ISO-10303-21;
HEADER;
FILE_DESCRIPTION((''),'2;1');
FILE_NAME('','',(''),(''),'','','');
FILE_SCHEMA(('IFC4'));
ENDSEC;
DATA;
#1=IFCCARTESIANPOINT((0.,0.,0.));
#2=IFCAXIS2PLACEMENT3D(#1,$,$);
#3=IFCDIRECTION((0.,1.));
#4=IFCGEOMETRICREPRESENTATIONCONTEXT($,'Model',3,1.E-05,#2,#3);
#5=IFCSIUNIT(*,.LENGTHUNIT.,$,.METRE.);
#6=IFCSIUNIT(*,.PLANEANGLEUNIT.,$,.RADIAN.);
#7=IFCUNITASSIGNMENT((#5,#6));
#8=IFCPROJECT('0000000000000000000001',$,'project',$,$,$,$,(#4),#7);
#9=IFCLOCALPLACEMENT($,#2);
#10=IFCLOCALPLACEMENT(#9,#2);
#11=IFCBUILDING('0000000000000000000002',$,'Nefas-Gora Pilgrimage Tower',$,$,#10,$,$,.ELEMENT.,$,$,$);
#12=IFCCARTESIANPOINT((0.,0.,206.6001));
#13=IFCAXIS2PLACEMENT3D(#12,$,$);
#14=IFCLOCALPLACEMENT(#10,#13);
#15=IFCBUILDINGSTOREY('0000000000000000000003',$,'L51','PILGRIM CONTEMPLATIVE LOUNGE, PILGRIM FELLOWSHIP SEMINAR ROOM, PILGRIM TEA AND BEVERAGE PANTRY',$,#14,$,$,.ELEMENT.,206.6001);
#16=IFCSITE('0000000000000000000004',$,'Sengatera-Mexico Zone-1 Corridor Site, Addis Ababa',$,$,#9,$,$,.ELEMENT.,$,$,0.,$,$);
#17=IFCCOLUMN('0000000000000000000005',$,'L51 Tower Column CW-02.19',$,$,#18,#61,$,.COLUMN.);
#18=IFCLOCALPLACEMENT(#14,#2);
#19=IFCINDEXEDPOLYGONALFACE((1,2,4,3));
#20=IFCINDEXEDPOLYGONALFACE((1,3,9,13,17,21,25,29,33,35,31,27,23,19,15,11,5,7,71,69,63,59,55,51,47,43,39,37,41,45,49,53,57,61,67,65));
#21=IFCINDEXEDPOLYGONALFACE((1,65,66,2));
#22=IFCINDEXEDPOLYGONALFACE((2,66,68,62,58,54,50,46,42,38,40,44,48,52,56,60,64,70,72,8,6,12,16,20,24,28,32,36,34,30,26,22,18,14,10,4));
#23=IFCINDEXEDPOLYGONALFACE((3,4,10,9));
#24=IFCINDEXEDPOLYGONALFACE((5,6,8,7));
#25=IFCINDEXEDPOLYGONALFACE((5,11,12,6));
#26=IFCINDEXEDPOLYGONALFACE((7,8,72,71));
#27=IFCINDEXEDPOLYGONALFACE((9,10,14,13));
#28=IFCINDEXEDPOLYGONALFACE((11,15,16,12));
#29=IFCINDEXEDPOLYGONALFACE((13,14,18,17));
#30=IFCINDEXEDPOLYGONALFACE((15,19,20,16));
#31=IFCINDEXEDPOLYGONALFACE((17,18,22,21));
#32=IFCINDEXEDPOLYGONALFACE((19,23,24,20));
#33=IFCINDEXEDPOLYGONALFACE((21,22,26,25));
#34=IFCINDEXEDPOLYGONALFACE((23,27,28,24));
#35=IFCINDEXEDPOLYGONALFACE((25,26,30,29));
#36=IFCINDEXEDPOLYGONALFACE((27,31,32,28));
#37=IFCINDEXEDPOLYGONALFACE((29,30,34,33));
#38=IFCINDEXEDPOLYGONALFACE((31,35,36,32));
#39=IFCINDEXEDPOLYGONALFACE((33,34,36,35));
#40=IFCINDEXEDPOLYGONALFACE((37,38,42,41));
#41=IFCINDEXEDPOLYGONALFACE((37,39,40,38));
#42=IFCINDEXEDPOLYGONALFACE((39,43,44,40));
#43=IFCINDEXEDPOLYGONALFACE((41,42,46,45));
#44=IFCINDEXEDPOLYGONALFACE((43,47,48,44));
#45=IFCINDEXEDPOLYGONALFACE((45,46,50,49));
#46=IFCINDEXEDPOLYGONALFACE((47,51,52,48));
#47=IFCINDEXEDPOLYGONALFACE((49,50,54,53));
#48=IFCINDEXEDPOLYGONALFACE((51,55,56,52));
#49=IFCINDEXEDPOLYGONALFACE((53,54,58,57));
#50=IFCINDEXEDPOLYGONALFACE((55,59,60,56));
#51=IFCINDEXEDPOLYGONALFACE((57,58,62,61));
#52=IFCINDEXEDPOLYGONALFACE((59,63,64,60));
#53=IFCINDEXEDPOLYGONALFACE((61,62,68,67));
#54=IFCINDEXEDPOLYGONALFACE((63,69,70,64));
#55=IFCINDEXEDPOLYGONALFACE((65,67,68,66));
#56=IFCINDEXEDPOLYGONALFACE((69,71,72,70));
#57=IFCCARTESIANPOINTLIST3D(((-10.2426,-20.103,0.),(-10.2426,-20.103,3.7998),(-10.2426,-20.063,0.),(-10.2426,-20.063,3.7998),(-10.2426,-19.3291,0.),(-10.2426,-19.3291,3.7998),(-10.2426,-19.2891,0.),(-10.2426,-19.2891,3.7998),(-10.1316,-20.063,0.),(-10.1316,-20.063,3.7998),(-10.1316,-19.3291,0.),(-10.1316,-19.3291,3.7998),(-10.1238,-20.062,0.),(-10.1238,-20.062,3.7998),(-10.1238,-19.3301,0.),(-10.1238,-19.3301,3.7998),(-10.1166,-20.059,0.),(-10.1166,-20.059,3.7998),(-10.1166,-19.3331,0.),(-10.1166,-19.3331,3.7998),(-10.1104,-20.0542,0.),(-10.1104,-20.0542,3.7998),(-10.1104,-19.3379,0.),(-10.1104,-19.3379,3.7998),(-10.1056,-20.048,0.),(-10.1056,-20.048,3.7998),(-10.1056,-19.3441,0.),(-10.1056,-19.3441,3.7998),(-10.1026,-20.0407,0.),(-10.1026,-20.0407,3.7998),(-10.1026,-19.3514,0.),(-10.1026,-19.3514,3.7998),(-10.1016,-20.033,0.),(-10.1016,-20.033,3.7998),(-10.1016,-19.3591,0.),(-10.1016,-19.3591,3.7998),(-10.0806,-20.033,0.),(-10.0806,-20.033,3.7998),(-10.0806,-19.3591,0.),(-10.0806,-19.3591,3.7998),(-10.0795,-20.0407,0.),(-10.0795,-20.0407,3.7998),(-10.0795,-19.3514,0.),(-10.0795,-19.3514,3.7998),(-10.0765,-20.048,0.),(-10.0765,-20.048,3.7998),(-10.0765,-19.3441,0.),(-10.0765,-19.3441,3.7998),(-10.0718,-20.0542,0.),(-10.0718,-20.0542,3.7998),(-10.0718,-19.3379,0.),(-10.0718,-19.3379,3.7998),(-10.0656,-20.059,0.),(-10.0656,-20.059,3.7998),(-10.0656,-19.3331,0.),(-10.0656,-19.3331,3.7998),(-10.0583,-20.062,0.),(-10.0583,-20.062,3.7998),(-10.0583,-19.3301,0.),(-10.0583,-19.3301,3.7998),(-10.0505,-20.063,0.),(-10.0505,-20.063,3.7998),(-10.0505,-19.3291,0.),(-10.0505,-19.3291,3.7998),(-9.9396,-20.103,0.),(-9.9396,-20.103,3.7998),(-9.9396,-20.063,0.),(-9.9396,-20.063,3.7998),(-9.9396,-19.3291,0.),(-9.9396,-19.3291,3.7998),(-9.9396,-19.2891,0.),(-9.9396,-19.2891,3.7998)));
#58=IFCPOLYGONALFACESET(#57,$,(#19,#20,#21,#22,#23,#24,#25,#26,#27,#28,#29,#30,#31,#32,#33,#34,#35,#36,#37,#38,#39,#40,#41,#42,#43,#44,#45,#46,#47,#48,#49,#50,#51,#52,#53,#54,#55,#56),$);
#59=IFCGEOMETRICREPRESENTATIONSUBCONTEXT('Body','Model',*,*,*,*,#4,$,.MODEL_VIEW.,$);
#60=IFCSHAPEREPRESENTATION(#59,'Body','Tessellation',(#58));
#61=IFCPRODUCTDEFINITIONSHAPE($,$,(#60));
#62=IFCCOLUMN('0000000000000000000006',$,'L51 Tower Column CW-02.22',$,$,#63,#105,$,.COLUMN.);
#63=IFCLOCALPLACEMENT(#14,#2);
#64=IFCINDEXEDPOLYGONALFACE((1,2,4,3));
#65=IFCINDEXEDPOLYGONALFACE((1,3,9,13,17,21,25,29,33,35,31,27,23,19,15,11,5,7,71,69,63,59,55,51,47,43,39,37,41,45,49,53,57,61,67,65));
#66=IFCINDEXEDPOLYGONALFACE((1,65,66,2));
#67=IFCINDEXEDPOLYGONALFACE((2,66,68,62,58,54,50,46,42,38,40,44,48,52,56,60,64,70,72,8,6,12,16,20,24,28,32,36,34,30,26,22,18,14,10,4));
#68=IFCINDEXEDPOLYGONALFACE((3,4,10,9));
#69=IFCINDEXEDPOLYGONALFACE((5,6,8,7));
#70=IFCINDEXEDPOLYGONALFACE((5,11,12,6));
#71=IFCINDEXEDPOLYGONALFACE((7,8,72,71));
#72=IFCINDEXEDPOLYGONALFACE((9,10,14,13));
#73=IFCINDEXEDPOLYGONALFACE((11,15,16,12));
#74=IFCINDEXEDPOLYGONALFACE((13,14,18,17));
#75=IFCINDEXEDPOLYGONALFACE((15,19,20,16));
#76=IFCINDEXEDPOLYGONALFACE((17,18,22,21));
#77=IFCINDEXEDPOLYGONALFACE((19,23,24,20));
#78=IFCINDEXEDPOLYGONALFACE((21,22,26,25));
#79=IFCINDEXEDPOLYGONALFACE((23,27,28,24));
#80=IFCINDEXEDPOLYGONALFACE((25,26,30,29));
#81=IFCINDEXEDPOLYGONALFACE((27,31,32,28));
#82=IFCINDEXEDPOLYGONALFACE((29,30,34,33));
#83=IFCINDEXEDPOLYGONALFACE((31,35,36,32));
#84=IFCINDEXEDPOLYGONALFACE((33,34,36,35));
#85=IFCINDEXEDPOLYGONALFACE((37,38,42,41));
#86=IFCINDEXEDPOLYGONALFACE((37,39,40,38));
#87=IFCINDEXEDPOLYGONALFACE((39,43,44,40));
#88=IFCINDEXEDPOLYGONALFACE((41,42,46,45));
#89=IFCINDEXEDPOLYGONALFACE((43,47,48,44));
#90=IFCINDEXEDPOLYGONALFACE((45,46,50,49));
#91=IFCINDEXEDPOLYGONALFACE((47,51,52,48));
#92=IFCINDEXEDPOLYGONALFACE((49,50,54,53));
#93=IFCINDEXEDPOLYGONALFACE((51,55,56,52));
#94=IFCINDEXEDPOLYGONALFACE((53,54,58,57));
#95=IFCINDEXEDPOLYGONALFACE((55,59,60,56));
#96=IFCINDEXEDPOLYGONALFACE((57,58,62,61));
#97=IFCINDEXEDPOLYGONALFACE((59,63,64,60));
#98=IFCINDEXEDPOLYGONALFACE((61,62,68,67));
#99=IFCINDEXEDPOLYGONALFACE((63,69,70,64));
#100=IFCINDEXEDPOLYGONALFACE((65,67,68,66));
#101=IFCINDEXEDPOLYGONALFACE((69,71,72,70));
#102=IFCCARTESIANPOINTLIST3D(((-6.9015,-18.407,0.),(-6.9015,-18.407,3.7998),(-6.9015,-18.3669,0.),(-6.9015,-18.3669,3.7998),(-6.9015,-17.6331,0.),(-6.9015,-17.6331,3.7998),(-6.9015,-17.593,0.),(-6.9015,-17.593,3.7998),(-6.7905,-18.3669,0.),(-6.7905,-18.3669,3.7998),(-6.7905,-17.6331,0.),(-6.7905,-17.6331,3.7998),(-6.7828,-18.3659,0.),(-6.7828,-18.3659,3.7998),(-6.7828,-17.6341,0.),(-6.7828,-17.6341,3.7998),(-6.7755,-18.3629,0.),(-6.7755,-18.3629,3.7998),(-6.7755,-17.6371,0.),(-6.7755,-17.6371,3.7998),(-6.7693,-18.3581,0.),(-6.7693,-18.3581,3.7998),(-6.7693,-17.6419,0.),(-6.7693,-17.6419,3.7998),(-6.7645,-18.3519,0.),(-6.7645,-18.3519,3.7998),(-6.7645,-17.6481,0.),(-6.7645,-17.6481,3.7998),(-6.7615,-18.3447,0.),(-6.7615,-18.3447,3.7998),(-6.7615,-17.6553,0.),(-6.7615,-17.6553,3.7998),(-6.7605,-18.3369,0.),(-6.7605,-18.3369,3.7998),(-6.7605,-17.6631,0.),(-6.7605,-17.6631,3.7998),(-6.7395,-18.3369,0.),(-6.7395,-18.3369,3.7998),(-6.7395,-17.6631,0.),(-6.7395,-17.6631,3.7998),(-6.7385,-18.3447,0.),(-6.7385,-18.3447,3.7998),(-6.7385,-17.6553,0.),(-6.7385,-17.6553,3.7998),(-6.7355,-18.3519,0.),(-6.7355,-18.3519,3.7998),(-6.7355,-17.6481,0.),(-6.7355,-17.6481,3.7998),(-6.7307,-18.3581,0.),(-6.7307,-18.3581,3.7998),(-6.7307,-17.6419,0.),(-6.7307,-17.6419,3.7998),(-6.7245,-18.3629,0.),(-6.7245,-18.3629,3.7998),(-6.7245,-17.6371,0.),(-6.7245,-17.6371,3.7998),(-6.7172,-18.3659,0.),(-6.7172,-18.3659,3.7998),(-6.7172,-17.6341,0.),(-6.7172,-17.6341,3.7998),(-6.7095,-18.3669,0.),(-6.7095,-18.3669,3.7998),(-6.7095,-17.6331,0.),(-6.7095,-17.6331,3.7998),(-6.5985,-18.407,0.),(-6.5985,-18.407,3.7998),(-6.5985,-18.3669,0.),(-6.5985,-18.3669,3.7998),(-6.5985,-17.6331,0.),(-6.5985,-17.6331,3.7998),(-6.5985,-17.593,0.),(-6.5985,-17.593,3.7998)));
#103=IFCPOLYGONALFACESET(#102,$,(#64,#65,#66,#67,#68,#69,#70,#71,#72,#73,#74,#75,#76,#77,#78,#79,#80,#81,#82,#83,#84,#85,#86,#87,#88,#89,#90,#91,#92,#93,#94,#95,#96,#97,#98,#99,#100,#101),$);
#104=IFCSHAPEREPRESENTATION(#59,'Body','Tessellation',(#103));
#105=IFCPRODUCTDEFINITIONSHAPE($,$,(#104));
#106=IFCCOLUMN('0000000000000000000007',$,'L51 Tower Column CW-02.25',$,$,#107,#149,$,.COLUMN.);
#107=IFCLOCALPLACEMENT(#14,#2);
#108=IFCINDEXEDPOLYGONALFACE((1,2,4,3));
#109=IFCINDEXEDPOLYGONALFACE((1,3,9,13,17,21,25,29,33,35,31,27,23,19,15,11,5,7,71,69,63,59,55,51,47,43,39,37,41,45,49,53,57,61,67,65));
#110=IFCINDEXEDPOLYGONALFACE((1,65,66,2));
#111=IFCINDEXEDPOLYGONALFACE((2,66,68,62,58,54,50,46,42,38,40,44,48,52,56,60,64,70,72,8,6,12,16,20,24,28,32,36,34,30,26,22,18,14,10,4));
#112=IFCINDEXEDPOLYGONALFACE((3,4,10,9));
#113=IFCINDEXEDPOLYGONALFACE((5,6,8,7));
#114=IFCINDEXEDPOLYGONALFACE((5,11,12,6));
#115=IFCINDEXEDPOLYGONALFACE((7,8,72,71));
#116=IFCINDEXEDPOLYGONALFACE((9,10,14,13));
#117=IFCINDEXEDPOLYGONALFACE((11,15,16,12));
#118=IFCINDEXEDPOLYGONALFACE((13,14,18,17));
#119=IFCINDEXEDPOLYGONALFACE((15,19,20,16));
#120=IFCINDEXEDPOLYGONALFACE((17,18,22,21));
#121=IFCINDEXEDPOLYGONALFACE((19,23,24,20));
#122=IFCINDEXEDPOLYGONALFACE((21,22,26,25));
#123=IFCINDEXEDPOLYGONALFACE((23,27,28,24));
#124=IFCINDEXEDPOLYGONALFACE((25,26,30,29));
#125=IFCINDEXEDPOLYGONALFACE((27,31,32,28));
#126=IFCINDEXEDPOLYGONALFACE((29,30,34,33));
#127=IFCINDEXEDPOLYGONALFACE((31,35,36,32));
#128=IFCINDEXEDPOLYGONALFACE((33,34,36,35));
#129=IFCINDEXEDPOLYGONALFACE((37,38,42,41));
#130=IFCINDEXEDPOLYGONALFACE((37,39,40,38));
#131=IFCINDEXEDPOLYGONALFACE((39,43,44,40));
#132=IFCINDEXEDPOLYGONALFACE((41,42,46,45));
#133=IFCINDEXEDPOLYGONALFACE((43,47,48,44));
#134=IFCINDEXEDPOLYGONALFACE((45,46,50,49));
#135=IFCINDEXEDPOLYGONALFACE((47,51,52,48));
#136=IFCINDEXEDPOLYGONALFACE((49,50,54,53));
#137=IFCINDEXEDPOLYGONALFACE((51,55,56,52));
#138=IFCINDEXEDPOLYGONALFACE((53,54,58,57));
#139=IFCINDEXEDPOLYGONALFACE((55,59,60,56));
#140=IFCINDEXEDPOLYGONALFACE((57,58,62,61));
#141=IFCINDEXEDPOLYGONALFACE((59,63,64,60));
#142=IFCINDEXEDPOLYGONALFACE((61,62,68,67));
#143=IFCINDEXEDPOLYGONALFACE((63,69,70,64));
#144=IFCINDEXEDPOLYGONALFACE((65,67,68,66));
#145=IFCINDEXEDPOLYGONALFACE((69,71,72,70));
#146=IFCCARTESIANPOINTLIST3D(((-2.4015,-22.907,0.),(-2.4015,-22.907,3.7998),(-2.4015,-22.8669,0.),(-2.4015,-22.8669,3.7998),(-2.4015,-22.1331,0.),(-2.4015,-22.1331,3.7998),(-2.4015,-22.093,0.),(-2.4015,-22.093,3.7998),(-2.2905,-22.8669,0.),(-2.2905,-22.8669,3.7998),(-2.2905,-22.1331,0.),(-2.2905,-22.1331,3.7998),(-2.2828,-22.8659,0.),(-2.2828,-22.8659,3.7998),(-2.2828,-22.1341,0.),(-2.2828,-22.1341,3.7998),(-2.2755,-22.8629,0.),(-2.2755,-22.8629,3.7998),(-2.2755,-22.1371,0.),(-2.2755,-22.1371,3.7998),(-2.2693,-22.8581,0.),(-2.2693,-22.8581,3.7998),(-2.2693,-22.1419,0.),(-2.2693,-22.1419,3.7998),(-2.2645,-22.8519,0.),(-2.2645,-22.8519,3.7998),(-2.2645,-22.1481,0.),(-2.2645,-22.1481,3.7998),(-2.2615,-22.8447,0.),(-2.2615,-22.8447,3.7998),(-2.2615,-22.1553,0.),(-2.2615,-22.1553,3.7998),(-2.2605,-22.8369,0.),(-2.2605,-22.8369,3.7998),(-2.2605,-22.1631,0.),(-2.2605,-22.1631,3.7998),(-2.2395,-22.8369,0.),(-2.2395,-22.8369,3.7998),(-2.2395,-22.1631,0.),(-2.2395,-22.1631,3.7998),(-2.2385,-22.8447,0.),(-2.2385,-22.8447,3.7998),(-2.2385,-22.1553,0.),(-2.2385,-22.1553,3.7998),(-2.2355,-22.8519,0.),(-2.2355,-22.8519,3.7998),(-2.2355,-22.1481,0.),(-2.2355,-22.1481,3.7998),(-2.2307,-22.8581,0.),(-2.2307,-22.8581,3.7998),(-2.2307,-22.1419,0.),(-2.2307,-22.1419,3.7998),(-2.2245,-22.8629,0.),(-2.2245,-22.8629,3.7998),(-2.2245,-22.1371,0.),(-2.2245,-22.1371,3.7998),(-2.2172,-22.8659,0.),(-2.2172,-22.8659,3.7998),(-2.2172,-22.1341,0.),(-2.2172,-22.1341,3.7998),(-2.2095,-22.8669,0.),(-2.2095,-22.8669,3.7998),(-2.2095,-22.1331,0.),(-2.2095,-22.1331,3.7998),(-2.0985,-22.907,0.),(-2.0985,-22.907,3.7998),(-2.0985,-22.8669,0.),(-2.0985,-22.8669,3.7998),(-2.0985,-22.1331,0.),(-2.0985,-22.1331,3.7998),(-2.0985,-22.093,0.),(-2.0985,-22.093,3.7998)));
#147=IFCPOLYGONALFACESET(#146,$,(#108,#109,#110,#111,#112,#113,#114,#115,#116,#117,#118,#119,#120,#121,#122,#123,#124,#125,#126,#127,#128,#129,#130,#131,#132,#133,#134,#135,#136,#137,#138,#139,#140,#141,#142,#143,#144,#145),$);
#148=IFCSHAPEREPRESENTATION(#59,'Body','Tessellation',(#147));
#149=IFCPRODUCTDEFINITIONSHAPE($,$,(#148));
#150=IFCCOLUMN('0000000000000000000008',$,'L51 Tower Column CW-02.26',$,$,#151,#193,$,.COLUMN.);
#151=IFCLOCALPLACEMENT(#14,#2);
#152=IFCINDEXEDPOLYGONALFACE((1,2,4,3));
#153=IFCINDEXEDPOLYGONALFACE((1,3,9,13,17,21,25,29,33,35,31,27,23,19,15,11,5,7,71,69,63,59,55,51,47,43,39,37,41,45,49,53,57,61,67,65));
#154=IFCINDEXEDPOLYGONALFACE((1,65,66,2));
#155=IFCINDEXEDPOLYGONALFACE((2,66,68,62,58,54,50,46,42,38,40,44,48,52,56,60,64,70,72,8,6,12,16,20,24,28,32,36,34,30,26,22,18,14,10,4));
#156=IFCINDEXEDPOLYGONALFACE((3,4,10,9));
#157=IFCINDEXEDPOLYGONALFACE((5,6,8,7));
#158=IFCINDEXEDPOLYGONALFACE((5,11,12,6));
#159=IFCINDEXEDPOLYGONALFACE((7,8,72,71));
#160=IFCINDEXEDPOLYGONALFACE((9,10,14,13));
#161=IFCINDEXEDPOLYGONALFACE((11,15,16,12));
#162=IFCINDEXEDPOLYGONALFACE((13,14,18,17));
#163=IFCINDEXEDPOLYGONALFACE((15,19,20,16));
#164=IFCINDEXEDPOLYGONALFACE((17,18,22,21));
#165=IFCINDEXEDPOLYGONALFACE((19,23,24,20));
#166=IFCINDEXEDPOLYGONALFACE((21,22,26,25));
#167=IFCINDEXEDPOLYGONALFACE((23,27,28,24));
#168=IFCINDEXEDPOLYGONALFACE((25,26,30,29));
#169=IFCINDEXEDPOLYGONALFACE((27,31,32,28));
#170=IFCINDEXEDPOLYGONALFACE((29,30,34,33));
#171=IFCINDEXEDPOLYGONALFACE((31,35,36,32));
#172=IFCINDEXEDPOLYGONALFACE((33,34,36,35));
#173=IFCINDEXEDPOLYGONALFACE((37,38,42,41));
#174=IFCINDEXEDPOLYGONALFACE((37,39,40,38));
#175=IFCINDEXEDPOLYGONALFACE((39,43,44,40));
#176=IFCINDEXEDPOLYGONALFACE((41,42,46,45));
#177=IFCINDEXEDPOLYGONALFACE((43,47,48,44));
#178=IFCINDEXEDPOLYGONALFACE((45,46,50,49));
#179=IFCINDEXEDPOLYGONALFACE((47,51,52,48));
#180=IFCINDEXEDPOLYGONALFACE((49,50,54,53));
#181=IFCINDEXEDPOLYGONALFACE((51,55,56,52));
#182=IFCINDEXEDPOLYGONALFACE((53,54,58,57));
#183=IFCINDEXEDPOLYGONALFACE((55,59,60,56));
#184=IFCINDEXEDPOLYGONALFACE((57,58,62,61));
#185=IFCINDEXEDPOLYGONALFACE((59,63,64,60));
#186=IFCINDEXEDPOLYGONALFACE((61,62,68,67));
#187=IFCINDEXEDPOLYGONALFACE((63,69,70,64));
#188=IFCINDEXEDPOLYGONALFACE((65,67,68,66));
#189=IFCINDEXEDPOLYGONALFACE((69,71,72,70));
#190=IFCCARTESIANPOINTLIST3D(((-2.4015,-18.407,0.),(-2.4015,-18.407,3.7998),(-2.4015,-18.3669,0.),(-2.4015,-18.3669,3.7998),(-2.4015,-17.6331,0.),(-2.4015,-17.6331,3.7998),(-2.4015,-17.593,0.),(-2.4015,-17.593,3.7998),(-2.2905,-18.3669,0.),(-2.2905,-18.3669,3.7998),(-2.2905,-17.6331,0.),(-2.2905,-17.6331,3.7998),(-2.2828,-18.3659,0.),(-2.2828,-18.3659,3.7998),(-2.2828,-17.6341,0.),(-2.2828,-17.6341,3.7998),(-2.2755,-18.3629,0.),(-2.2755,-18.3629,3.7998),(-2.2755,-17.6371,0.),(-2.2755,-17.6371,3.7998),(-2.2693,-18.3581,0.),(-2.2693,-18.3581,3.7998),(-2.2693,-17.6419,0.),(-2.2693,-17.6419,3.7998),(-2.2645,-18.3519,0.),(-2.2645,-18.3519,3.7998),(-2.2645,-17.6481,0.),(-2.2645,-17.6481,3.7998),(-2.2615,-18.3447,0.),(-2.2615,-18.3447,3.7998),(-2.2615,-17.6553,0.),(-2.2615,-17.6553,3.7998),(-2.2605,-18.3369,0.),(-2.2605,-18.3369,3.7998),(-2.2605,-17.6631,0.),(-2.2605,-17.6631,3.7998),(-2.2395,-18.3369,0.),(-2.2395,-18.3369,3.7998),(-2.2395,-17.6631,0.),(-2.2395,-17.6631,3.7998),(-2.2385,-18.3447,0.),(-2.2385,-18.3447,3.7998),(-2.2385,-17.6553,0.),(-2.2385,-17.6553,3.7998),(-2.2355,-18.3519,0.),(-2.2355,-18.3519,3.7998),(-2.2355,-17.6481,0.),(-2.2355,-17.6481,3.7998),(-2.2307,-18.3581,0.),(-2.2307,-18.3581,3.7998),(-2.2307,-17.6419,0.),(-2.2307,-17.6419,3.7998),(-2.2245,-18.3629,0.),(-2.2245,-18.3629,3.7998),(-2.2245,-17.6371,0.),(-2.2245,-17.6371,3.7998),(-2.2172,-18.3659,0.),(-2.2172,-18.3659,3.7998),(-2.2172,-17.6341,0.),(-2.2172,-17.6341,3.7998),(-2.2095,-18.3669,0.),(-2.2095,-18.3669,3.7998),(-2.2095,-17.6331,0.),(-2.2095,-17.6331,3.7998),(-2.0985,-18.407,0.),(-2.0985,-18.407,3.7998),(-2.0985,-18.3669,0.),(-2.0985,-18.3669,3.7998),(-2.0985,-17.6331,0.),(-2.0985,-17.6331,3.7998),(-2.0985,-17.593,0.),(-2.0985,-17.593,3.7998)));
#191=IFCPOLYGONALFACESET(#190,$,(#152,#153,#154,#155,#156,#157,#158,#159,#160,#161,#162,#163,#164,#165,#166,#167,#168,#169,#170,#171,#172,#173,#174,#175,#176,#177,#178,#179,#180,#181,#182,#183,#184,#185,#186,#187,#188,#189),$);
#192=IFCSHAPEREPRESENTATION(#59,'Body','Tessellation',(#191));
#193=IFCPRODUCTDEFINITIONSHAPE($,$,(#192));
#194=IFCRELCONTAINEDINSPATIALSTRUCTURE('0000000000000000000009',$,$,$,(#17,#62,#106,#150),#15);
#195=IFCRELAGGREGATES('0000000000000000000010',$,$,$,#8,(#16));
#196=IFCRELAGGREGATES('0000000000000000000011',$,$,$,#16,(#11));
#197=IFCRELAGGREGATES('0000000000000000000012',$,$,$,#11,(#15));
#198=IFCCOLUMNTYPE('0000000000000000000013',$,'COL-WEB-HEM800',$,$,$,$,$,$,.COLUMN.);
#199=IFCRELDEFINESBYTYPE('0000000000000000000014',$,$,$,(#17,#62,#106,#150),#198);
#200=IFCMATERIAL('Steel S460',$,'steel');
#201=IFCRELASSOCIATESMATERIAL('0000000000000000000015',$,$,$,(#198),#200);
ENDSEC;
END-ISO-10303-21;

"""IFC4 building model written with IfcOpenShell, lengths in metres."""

from ifc_helpers import new_model, si_unit, direction, frame, origin, origin_2d, place, context, subcontext, project, spatial, i_section, extrude, source, transform, mapped, material, material_profile, profile_set, type_object, element, save


model = new_model("IFC4")

# Units and contexts
model_context = context("Model", 3, precision=1e-05, world=origin(), true_north=direction((0.0, 1.0)))
body_context = subcontext(model_context, "Body", "Model", "MODEL_VIEW")
ifc_project = project(units=[si_unit("LENGTHUNIT", "METRE"), si_unit("PLANEANGLEUNIT", "RADIAN")], contexts=[model_context])

# Site, building, storey
site_placement = place(None, origin())
site = spatial("IfcSite", under=ifc_project, at=site_placement, Name="Sengatera-Mexico Zone-1 Corridor Site, Addis Ababa", CompositionType="ELEMENT", RefElevation=0.0)
building_placement = place(site_placement, origin())
building = spatial("IfcBuilding", under=site, at=building_placement, Name="Nefas-Gora Pilgrimage Tower", CompositionType="ELEMENT")
storey_placement = place(building_placement, frame((0.0, 0.0, 206.6001)))
storey = spatial("IfcBuildingStorey", under=building, at=storey_placement, Name="L51", Description="PILGRIM CONTEMPLATIVE LOUNGE, PILGRIM FELLOWSHIP SEMINAR ROOM, PILGRIM TEA AND BEVERAGE PANTRY", CompositionType="ELEMENT", Elevation=206.6001)

# Columns
ifc_material_1 = material(Name="Steel S460", Category="steel")
ifc_material_profile_1 = material_profile(ifc_material_1, i_section(OverallWidth=0.303, OverallDepth=0.814, WebThickness=0.021, FlangeThickness=0.04, FilletRadius=0.03, at=origin_2d()), Name="HEM 800")
ifc_profile_set_1 = profile_set([ifc_material_profile_1], Name="Steel S460")
column_type_1 = type_object("IfcColumnType", Name="COL-WEB-HEM800", PredefinedType="COLUMN", material=ifc_profile_set_1)
shared_shape_1 = source(origin(), body_context, "Body", "SweptSolid", [
    extrude(i_section(OverallWidth=0.303, OverallDepth=0.814, WebThickness=0.021, FlangeThickness=0.04, FilletRadius=0.03, at=origin_2d()), origin(), (0.0, 0.0, 1.0), 3.7998),
])
for number, where, z_axis, x_axis, name in (
    (1, (-10.0911, -19.696, 0.0), (0.0, 0.0, 1.0), (1.0, 0.0, 0.0), "L51 Tower Column CW-02.19"),
    (2, (-6.75, -18.0, 0.0), (0.0, 0.0, 1.0), (1.0, 0.0, 0.0), "L51 Tower Column CW-02.22"),
    (3, (-2.25, -22.5, 0.0), (0.0, 0.0, 1.0), (1.0, 0.0, 0.0), "L51 Tower Column CW-02.25"),
    (4, (-2.25, -18.0, 0.0), (0.0, 0.0, 1.0), (1.0, 0.0, 0.0), "L51 Tower Column CW-02.26"),
):
    element("IfcColumn", number, at=place(storey_placement, frame(where, z_axis=z_axis, x_axis=x_axis)), inside=storey, type_object=column_type_1, Name=name, PredefinedType="COLUMN", context=body_context, shape_type="MappedRepresentation", body=[
        mapped(shared_shape_1, transform((0.0, 0.0, 0.0), x_axis=(1.0, 0.0, 0.0), y_axis=(0.0, 1.0, 0.0), z_axis=(0.0, 0.0, 1.0), scale=1.0)),
    ])

save(model, "model.ifc")
